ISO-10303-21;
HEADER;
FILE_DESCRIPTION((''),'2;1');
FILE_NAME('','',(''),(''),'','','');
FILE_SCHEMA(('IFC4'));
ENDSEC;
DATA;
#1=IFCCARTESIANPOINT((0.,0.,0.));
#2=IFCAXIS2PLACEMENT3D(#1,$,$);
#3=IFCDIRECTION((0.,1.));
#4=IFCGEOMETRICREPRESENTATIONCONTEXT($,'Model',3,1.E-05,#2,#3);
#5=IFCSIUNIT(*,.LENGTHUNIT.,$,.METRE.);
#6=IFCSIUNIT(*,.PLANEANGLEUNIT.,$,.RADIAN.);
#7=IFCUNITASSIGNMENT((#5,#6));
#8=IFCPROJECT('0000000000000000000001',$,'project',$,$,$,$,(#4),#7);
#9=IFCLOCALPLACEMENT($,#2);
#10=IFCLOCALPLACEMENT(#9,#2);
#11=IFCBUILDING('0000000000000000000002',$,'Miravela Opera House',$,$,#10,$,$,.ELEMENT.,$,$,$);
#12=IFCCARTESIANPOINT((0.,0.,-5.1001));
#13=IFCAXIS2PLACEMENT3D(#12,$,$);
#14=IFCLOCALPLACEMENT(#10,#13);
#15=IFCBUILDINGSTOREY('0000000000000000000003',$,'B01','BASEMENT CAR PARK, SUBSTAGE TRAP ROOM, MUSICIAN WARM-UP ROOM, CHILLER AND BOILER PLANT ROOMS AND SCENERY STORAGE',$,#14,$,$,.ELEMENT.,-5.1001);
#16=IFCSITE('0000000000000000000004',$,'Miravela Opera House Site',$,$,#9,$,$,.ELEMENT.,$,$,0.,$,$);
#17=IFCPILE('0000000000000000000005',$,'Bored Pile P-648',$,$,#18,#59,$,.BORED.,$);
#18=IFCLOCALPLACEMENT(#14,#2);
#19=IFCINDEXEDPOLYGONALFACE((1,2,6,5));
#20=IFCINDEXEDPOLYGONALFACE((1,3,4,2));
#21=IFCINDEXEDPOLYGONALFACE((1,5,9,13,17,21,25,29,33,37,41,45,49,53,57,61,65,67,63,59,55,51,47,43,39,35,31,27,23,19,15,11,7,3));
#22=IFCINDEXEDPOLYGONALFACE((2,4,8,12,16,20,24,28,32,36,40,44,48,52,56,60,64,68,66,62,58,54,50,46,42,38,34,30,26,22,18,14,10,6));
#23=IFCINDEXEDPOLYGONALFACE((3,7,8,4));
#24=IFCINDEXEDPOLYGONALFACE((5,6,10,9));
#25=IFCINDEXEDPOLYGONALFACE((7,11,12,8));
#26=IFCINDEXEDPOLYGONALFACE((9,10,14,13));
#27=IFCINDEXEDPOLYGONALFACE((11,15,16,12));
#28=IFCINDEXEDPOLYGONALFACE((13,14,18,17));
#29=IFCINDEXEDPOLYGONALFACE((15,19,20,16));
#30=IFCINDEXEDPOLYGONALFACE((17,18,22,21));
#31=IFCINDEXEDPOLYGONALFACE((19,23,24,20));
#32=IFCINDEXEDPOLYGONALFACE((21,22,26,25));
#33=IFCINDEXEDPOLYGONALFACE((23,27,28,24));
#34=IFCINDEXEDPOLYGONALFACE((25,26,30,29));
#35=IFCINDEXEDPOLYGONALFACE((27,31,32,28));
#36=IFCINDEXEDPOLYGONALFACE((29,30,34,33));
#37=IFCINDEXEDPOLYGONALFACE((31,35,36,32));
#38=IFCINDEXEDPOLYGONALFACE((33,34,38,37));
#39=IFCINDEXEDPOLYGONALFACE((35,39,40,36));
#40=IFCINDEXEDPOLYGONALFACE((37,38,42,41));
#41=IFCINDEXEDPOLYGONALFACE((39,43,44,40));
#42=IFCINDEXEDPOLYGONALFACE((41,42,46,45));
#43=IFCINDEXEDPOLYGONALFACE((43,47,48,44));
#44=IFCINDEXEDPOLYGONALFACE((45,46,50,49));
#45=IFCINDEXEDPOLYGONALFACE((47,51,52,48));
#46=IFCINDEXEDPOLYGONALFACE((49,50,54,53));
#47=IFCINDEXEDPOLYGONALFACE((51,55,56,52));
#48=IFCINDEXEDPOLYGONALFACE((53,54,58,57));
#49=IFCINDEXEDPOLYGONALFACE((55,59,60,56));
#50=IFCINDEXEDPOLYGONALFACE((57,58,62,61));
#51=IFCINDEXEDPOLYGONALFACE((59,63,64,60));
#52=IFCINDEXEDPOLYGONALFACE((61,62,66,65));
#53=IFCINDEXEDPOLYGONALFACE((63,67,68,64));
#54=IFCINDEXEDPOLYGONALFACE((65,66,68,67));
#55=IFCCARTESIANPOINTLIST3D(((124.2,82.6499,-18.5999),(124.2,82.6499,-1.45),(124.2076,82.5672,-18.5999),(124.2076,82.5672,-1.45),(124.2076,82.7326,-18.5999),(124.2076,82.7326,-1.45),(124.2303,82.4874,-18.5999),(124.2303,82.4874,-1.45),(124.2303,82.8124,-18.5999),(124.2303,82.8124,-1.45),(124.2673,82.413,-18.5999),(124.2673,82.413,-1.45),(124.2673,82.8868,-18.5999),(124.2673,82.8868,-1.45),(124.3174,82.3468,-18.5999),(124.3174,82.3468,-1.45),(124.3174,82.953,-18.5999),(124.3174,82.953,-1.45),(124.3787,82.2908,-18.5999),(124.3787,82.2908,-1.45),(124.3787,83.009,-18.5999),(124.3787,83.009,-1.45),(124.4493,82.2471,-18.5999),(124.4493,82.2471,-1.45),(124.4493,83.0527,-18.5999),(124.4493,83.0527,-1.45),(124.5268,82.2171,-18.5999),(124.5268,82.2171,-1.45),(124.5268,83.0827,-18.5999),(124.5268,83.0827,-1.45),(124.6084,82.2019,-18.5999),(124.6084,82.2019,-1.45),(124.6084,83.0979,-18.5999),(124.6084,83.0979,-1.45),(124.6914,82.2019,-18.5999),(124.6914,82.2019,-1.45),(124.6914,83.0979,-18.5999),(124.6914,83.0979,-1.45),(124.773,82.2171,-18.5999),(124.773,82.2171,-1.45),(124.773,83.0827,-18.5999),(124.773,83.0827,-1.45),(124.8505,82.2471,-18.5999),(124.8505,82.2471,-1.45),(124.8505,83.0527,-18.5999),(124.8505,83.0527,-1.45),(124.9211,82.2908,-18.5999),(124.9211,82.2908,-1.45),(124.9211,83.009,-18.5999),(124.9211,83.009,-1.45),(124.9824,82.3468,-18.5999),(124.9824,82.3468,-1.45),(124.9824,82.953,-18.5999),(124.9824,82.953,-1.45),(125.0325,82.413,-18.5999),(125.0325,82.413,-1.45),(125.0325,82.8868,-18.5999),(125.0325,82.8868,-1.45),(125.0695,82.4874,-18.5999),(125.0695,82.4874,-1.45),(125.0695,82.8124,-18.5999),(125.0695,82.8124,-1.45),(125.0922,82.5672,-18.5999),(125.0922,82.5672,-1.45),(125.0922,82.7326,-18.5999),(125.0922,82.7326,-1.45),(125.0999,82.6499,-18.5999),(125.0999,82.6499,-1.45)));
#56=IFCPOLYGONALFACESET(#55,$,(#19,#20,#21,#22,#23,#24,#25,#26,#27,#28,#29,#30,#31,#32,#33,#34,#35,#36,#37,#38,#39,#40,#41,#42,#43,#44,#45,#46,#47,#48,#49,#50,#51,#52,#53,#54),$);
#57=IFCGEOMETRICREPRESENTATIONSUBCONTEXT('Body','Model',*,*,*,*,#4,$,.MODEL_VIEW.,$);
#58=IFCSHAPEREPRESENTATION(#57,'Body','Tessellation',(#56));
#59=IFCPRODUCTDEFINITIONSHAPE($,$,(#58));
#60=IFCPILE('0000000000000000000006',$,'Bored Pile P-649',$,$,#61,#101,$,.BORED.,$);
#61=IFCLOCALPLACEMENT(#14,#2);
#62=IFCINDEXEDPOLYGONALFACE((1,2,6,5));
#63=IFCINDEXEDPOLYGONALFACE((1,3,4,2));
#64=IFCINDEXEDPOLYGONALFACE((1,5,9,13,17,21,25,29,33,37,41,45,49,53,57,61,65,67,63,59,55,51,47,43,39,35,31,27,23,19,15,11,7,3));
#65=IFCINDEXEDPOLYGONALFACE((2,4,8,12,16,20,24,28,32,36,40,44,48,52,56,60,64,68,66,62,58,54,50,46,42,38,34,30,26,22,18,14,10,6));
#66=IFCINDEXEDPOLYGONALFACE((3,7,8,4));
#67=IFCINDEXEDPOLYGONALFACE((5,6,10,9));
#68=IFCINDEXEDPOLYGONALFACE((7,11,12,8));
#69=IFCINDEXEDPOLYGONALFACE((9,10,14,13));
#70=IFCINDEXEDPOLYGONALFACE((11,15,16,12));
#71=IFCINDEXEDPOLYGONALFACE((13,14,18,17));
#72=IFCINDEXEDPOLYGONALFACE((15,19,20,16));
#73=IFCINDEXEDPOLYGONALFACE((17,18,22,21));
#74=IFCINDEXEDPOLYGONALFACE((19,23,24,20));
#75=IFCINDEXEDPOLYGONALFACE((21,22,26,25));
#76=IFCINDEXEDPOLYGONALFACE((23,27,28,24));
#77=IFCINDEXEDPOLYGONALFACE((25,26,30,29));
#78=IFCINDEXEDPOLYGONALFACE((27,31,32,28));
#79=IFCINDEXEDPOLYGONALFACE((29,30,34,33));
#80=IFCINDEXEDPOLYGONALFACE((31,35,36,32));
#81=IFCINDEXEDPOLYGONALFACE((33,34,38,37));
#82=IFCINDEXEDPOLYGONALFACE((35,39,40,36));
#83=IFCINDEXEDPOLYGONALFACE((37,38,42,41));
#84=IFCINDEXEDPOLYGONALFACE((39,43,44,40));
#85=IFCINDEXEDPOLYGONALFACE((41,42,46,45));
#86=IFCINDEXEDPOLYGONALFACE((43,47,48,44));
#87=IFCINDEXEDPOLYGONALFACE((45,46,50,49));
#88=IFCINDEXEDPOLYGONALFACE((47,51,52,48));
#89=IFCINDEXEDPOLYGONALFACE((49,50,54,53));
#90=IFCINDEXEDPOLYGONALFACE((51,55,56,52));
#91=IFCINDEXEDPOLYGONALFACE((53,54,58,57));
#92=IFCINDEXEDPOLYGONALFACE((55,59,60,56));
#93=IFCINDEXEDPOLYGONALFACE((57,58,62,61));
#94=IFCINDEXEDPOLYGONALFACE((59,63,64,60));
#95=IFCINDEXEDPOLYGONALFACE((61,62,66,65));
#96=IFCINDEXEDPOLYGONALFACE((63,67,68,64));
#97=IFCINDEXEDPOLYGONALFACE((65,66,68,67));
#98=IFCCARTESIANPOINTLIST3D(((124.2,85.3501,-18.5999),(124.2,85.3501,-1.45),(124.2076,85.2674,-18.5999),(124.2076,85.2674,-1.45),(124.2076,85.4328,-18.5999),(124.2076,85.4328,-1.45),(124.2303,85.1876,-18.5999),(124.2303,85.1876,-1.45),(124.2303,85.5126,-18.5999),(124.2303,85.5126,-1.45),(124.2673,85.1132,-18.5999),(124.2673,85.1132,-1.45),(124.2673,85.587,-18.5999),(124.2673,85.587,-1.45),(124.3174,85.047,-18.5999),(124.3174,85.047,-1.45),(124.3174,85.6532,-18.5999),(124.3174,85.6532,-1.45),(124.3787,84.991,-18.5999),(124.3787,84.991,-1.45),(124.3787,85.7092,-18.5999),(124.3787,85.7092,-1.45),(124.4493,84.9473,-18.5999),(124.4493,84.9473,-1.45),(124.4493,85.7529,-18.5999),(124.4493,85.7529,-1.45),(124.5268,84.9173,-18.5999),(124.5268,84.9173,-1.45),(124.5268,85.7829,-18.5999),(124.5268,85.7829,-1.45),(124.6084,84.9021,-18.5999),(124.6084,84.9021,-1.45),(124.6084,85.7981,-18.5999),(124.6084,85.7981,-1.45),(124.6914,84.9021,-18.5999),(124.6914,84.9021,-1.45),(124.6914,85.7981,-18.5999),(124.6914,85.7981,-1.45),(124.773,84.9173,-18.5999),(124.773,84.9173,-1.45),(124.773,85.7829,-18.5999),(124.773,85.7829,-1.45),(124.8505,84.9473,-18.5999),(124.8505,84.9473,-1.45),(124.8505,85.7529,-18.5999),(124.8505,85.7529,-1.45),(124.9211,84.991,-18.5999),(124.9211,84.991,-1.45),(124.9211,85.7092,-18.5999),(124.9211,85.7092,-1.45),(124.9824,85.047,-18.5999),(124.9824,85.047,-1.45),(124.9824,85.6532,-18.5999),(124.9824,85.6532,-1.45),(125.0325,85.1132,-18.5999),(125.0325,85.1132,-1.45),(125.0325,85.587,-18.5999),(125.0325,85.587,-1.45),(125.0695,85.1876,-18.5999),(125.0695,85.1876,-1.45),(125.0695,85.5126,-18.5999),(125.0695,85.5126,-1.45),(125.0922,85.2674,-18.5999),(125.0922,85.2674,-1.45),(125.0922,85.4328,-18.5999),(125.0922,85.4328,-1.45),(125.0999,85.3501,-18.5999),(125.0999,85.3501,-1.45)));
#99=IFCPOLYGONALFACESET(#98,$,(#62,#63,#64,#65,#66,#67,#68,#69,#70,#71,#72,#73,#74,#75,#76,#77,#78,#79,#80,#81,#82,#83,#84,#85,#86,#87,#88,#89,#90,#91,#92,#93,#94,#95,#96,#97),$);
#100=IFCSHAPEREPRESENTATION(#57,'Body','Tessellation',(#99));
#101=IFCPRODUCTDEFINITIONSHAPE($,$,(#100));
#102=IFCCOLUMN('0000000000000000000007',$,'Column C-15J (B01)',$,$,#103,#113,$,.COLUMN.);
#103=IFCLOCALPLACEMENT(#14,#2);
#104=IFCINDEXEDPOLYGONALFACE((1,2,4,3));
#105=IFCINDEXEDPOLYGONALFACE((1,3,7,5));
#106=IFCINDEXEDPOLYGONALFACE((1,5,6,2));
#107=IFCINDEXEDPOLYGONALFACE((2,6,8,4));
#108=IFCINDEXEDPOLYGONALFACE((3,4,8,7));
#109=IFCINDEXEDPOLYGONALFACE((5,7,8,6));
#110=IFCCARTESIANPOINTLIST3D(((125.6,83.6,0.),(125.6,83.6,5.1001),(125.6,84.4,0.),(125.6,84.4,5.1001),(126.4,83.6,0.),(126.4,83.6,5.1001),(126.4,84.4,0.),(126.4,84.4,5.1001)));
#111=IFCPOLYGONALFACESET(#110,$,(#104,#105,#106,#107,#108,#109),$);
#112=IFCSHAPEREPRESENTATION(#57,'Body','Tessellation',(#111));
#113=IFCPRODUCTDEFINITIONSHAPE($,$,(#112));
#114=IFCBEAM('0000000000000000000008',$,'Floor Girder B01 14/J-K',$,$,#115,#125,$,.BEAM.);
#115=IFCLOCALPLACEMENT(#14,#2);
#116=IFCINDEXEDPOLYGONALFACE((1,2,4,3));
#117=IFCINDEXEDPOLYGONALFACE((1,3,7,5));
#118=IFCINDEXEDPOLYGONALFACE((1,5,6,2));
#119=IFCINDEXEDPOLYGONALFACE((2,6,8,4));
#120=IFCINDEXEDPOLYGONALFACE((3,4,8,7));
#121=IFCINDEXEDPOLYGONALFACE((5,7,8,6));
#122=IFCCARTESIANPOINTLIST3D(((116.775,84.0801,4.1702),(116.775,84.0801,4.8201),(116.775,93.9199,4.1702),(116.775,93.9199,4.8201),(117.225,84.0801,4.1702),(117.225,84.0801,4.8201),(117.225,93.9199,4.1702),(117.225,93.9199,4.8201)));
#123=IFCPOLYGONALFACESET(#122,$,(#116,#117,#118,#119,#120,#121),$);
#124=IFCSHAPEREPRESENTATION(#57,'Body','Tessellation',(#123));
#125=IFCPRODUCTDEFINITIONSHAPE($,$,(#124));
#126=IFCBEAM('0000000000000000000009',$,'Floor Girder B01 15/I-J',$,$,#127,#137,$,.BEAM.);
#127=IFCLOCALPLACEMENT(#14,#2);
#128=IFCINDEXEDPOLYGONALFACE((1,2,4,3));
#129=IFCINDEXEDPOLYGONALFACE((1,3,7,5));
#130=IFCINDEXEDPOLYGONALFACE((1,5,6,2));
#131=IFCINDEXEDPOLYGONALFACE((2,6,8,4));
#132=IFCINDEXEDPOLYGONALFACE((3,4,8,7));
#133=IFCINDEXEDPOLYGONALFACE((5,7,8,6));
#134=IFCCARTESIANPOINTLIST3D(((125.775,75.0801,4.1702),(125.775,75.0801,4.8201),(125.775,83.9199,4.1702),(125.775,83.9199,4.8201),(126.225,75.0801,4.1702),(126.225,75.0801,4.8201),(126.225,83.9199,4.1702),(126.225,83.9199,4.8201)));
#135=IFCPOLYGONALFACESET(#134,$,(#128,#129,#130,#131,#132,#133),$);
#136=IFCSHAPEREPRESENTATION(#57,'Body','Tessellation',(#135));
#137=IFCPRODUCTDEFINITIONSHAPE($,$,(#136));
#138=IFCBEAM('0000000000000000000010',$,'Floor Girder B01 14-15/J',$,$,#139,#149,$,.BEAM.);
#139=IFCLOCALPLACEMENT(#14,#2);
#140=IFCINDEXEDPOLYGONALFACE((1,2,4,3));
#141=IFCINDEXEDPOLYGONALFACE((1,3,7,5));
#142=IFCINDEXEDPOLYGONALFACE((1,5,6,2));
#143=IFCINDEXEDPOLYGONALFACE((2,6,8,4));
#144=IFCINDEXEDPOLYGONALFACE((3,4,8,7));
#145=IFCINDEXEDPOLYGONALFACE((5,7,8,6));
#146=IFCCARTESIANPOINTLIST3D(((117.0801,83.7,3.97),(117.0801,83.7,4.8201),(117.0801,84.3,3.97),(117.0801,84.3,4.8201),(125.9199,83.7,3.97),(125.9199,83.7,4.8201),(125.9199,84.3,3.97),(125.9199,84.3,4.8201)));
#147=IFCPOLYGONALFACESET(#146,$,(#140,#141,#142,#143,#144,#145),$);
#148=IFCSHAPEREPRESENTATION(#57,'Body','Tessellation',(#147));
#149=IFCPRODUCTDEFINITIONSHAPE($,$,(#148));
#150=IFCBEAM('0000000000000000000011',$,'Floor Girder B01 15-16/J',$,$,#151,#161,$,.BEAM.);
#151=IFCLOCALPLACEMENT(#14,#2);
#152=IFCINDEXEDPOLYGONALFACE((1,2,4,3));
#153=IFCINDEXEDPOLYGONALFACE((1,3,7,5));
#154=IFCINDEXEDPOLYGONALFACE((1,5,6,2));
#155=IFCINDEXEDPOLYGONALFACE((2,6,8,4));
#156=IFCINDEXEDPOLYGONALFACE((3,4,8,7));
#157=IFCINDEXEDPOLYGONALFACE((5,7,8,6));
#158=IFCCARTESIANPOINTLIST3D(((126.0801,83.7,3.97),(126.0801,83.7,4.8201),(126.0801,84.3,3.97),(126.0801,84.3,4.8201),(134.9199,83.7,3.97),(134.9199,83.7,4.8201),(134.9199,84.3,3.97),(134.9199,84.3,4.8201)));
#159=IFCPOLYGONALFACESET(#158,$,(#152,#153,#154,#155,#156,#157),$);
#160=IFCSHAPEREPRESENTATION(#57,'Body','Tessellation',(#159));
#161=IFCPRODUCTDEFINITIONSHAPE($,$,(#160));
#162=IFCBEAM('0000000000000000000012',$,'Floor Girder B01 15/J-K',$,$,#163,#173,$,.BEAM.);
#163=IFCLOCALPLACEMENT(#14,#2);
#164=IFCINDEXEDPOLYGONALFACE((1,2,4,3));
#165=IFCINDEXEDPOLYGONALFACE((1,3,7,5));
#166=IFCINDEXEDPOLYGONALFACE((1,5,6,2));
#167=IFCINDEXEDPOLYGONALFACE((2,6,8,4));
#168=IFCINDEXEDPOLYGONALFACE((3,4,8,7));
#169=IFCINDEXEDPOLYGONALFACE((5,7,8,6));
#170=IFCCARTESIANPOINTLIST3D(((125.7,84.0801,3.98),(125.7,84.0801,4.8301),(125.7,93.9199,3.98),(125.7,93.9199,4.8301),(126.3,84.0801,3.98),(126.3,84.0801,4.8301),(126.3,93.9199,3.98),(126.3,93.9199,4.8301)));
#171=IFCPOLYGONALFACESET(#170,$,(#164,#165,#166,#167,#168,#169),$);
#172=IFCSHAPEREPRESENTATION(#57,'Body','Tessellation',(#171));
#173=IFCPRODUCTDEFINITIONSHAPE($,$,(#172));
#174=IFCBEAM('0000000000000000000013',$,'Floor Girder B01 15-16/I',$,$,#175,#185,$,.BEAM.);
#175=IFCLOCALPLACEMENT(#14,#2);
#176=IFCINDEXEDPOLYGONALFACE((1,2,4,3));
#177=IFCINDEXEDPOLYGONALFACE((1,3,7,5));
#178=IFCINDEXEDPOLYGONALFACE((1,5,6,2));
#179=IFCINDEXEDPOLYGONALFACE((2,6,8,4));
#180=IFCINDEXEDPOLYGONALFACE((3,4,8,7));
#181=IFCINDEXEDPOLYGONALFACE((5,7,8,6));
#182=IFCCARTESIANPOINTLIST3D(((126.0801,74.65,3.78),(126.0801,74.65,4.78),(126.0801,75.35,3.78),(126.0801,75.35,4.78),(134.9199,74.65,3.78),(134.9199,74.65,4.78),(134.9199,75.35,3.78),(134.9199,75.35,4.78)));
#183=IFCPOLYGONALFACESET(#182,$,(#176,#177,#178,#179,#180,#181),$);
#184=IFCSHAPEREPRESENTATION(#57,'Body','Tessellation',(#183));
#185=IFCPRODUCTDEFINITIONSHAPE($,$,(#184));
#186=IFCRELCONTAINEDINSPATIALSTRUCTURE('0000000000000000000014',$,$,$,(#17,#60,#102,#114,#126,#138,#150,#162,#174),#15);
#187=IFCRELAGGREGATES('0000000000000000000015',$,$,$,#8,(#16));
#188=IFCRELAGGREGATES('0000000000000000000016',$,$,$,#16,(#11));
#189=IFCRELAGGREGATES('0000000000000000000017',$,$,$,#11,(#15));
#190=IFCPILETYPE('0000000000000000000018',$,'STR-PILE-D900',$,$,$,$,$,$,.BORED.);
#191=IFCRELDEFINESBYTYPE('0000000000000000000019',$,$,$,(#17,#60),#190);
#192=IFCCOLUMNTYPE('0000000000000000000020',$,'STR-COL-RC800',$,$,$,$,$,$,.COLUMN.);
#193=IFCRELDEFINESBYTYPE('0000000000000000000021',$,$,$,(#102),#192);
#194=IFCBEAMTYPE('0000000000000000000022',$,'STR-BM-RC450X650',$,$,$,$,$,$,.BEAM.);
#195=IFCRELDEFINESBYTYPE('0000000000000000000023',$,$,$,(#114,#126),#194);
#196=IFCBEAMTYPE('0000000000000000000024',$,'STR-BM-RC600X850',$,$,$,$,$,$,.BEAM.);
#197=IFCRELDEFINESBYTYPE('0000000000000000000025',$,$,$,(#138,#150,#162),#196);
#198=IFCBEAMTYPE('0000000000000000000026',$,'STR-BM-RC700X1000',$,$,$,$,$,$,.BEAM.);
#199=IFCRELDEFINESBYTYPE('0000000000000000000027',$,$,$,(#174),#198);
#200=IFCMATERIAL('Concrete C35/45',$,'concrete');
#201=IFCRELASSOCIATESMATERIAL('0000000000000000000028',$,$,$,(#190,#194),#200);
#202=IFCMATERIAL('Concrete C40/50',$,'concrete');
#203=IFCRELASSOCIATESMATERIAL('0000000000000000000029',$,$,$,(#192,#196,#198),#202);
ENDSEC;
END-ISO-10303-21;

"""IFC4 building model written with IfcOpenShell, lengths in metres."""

from ifc_helpers import new_model, si_unit, direction, frame, origin, origin_2d, place, context, subcontext, project, spatial, rectangle, circle, extrude, material, material_profile, profile_set, type_object, element, save


model = new_model("IFC4")

# Units and contexts
model_context = context("Model", 3, precision=1e-05, world=origin(), true_north=direction((0.0, 1.0)))
body_context = subcontext(model_context, "Body", "Model", "MODEL_VIEW")
ifc_project = project(units=[si_unit("LENGTHUNIT", "METRE"), si_unit("PLANEANGLEUNIT", "RADIAN")], contexts=[model_context])

# Site, building, storey
site_placement = place(None, origin())
site = spatial("IfcSite", under=ifc_project, at=site_placement, Name="Miravela Opera House Site", CompositionType="ELEMENT", RefElevation=0.0)
building_placement = place(site_placement, origin())
building = spatial("IfcBuilding", under=site, at=building_placement, Name="Miravela Opera House", CompositionType="ELEMENT")
storey_placement = place(building_placement, frame((0.0, 0.0, -5.1001)))
storey = spatial("IfcBuildingStorey", under=building, at=storey_placement, Name="B01", Description="BASEMENT CAR PARK, SUBSTAGE TRAP ROOM, MUSICIAN WARM-UP ROOM, CHILLER AND BOILER PLANT ROOMS AND SCENERY STORAGE", CompositionType="ELEMENT", Elevation=-5.1001)

# Shared definitions
ifc_material_1 = material(Name="Concrete C35/45", Category="concrete")

# Piles
ifc_material_profile_1 = material_profile(ifc_material_1, circle(Radius=0.45, at=origin_2d()), Name="PILE-D900")
ifc_profile_set_1 = profile_set([ifc_material_profile_1])
pile_type_1 = type_object("IfcPileType", Name="STR-PILE-D900", PredefinedType="BORED", material=ifc_profile_set_1)
for number, where, z_axis, x_axis, name in (
    (1, (124.6499, 82.6499, -1.45), (0.0, 0.0, -1.0), (1.0, 0.0, 0.0), "Bored Pile P-648"),
    (2, (124.6499, 85.3501, -1.45), (0.0, 0.0, -1.0), (1.0, 0.0, 0.0), "Bored Pile P-649"),
):
    element("IfcPile", number, at=place(storey_placement, frame(where, z_axis=z_axis, x_axis=x_axis)), inside=storey, type_object=pile_type_1, Name=name, PredefinedType="BORED", context=body_context, shape_type="SweptSolid", body=[
        extrude(circle(Radius=0.45, at=origin_2d()), origin(), (0.0, 0.0, 1.0), 17.1499),
    ])

# Column
ifc_material_2 = material(Name="Concrete C40/50", Category="concrete")
ifc_material_profile_2 = material_profile(ifc_material_2, rectangle(XDim=0.8, YDim=0.8, at=origin_2d()), Name="RC-COL-800X800")
ifc_profile_set_2 = profile_set([ifc_material_profile_2])
column_type = type_object("IfcColumnType", Name="STR-COL-RC800", PredefinedType="COLUMN", material=ifc_profile_set_2)
column_placement = place(storey_placement, frame((126.0, 84.0, 0.0), z_axis=(0.0, 0.0, 1.0), x_axis=(1.0, 0.0, 0.0)))
element("IfcColumn", 3, at=column_placement, inside=storey, type_object=column_type, Name="Column C-15J (B01)", PredefinedType="COLUMN", context=body_context, shape_type="SweptSolid", body=[
    extrude(rectangle(XDim=0.8, YDim=0.8, at=origin_2d()), origin(), (0.0, 0.0, 1.0), 5.1001),
])

# Beams
ifc_material_profile_3 = material_profile(ifc_material_1, rectangle(XDim=0.45, YDim=0.6499, at=origin_2d()), Name="RC-BM-450X650")
ifc_profile_set_3 = profile_set([ifc_material_profile_3])
beam_type_1 = type_object("IfcBeamType", Name="STR-BM-RC450X650", PredefinedType="BEAM", material=ifc_profile_set_3)
beam_1_placement = place(storey_placement, frame((117.0, 84.0801, 4.4951), z_axis=(0.0, 1.0, 0.0), x_axis=(-1.0, 0.0, 0.0)))
element("IfcBeam", 4, at=beam_1_placement, inside=storey, type_object=beam_type_1, Name="Floor Girder B01 14/J-K", PredefinedType="BEAM", context=body_context, shape_type="SweptSolid", body=[
    extrude(rectangle(XDim=0.45, YDim=0.6499, at=origin_2d()), origin(), (0.0, 0.0, 1.0), 9.8398),
])
beam_2_placement = place(storey_placement, frame((126.0, 75.0801, 4.4951), z_axis=(0.0, 1.0, 0.0), x_axis=(-1.0, 0.0, 0.0)))
element("IfcBeam", 5, at=beam_2_placement, inside=storey, type_object=beam_type_1, Name="Floor Girder B01 15/I-J", PredefinedType="BEAM", context=body_context, shape_type="SweptSolid", body=[
    extrude(rectangle(XDim=0.45, YDim=0.6499, at=origin_2d()), origin(), (0.0, 0.0, 1.0), 8.8398),
])
ifc_material_profile_4 = material_profile(ifc_material_2, rectangle(XDim=0.6001, YDim=0.8501, at=origin_2d()), Name="RC-BM-600X850")
ifc_profile_set_4 = profile_set([ifc_material_profile_4])
beam_type_2 = type_object("IfcBeamType", Name="STR-BM-RC600X850", PredefinedType="BEAM", material=ifc_profile_set_4)
for number, where, z_axis, x_axis, name in (
    (6, (117.0801, 84.0, 4.395), (1.0, 0.0, 0.0), (0.0, 1.0, 0.0), "Floor Girder B01 14-15/J"),
    (7, (126.0801, 84.0, 4.395), (1.0, 0.0, 0.0), (0.0, 1.0, 0.0), "Floor Girder B01 15-16/J"),
):
    element("IfcBeam", number, at=place(storey_placement, frame(where, z_axis=z_axis, x_axis=x_axis)), inside=storey, type_object=beam_type_2, Name=name, PredefinedType="BEAM", context=body_context, shape_type="SweptSolid", body=[
        extrude(rectangle(XDim=0.6001, YDim=0.8501, at=origin_2d()), origin(), (0.0, 0.0, 1.0), 8.8398),
    ])
beam_3_placement = place(storey_placement, frame((126.0, 84.0801, 4.405), z_axis=(0.0, 1.0, 0.0), x_axis=(-1.0, 0.0, 0.0)))
element("IfcBeam", 8, at=beam_3_placement, inside=storey, type_object=beam_type_2, Name="Floor Girder B01 15/J-K", PredefinedType="BEAM", context=body_context, shape_type="SweptSolid", body=[
    extrude(rectangle(XDim=0.6001, YDim=0.8501, at=origin_2d()), origin(), (0.0, 0.0, 1.0), 9.8398),
])
ifc_material_profile_5 = material_profile(ifc_material_2, rectangle(XDim=0.7, YDim=1.0, at=origin_2d()), Name="RC-BM-700X1000")
ifc_profile_set_5 = profile_set([ifc_material_profile_5])
beam_type_3 = type_object("IfcBeamType", Name="STR-BM-RC700X1000", PredefinedType="BEAM", material=ifc_profile_set_5)
beam_4_placement = place(storey_placement, frame((126.0801, 75.0, 4.28), z_axis=(1.0, 0.0, 0.0), x_axis=(0.0, 1.0, 0.0)))
element("IfcBeam", 9, at=beam_4_placement, inside=storey, type_object=beam_type_3, Name="Floor Girder B01 15-16/I", PredefinedType="BEAM", context=body_context, shape_type="SweptSolid", body=[
    extrude(rectangle(XDim=0.7, YDim=1.0, at=origin_2d()), origin(), (0.0, 0.0, 1.0), 8.8398),
])

save(model, "model.ifc")
